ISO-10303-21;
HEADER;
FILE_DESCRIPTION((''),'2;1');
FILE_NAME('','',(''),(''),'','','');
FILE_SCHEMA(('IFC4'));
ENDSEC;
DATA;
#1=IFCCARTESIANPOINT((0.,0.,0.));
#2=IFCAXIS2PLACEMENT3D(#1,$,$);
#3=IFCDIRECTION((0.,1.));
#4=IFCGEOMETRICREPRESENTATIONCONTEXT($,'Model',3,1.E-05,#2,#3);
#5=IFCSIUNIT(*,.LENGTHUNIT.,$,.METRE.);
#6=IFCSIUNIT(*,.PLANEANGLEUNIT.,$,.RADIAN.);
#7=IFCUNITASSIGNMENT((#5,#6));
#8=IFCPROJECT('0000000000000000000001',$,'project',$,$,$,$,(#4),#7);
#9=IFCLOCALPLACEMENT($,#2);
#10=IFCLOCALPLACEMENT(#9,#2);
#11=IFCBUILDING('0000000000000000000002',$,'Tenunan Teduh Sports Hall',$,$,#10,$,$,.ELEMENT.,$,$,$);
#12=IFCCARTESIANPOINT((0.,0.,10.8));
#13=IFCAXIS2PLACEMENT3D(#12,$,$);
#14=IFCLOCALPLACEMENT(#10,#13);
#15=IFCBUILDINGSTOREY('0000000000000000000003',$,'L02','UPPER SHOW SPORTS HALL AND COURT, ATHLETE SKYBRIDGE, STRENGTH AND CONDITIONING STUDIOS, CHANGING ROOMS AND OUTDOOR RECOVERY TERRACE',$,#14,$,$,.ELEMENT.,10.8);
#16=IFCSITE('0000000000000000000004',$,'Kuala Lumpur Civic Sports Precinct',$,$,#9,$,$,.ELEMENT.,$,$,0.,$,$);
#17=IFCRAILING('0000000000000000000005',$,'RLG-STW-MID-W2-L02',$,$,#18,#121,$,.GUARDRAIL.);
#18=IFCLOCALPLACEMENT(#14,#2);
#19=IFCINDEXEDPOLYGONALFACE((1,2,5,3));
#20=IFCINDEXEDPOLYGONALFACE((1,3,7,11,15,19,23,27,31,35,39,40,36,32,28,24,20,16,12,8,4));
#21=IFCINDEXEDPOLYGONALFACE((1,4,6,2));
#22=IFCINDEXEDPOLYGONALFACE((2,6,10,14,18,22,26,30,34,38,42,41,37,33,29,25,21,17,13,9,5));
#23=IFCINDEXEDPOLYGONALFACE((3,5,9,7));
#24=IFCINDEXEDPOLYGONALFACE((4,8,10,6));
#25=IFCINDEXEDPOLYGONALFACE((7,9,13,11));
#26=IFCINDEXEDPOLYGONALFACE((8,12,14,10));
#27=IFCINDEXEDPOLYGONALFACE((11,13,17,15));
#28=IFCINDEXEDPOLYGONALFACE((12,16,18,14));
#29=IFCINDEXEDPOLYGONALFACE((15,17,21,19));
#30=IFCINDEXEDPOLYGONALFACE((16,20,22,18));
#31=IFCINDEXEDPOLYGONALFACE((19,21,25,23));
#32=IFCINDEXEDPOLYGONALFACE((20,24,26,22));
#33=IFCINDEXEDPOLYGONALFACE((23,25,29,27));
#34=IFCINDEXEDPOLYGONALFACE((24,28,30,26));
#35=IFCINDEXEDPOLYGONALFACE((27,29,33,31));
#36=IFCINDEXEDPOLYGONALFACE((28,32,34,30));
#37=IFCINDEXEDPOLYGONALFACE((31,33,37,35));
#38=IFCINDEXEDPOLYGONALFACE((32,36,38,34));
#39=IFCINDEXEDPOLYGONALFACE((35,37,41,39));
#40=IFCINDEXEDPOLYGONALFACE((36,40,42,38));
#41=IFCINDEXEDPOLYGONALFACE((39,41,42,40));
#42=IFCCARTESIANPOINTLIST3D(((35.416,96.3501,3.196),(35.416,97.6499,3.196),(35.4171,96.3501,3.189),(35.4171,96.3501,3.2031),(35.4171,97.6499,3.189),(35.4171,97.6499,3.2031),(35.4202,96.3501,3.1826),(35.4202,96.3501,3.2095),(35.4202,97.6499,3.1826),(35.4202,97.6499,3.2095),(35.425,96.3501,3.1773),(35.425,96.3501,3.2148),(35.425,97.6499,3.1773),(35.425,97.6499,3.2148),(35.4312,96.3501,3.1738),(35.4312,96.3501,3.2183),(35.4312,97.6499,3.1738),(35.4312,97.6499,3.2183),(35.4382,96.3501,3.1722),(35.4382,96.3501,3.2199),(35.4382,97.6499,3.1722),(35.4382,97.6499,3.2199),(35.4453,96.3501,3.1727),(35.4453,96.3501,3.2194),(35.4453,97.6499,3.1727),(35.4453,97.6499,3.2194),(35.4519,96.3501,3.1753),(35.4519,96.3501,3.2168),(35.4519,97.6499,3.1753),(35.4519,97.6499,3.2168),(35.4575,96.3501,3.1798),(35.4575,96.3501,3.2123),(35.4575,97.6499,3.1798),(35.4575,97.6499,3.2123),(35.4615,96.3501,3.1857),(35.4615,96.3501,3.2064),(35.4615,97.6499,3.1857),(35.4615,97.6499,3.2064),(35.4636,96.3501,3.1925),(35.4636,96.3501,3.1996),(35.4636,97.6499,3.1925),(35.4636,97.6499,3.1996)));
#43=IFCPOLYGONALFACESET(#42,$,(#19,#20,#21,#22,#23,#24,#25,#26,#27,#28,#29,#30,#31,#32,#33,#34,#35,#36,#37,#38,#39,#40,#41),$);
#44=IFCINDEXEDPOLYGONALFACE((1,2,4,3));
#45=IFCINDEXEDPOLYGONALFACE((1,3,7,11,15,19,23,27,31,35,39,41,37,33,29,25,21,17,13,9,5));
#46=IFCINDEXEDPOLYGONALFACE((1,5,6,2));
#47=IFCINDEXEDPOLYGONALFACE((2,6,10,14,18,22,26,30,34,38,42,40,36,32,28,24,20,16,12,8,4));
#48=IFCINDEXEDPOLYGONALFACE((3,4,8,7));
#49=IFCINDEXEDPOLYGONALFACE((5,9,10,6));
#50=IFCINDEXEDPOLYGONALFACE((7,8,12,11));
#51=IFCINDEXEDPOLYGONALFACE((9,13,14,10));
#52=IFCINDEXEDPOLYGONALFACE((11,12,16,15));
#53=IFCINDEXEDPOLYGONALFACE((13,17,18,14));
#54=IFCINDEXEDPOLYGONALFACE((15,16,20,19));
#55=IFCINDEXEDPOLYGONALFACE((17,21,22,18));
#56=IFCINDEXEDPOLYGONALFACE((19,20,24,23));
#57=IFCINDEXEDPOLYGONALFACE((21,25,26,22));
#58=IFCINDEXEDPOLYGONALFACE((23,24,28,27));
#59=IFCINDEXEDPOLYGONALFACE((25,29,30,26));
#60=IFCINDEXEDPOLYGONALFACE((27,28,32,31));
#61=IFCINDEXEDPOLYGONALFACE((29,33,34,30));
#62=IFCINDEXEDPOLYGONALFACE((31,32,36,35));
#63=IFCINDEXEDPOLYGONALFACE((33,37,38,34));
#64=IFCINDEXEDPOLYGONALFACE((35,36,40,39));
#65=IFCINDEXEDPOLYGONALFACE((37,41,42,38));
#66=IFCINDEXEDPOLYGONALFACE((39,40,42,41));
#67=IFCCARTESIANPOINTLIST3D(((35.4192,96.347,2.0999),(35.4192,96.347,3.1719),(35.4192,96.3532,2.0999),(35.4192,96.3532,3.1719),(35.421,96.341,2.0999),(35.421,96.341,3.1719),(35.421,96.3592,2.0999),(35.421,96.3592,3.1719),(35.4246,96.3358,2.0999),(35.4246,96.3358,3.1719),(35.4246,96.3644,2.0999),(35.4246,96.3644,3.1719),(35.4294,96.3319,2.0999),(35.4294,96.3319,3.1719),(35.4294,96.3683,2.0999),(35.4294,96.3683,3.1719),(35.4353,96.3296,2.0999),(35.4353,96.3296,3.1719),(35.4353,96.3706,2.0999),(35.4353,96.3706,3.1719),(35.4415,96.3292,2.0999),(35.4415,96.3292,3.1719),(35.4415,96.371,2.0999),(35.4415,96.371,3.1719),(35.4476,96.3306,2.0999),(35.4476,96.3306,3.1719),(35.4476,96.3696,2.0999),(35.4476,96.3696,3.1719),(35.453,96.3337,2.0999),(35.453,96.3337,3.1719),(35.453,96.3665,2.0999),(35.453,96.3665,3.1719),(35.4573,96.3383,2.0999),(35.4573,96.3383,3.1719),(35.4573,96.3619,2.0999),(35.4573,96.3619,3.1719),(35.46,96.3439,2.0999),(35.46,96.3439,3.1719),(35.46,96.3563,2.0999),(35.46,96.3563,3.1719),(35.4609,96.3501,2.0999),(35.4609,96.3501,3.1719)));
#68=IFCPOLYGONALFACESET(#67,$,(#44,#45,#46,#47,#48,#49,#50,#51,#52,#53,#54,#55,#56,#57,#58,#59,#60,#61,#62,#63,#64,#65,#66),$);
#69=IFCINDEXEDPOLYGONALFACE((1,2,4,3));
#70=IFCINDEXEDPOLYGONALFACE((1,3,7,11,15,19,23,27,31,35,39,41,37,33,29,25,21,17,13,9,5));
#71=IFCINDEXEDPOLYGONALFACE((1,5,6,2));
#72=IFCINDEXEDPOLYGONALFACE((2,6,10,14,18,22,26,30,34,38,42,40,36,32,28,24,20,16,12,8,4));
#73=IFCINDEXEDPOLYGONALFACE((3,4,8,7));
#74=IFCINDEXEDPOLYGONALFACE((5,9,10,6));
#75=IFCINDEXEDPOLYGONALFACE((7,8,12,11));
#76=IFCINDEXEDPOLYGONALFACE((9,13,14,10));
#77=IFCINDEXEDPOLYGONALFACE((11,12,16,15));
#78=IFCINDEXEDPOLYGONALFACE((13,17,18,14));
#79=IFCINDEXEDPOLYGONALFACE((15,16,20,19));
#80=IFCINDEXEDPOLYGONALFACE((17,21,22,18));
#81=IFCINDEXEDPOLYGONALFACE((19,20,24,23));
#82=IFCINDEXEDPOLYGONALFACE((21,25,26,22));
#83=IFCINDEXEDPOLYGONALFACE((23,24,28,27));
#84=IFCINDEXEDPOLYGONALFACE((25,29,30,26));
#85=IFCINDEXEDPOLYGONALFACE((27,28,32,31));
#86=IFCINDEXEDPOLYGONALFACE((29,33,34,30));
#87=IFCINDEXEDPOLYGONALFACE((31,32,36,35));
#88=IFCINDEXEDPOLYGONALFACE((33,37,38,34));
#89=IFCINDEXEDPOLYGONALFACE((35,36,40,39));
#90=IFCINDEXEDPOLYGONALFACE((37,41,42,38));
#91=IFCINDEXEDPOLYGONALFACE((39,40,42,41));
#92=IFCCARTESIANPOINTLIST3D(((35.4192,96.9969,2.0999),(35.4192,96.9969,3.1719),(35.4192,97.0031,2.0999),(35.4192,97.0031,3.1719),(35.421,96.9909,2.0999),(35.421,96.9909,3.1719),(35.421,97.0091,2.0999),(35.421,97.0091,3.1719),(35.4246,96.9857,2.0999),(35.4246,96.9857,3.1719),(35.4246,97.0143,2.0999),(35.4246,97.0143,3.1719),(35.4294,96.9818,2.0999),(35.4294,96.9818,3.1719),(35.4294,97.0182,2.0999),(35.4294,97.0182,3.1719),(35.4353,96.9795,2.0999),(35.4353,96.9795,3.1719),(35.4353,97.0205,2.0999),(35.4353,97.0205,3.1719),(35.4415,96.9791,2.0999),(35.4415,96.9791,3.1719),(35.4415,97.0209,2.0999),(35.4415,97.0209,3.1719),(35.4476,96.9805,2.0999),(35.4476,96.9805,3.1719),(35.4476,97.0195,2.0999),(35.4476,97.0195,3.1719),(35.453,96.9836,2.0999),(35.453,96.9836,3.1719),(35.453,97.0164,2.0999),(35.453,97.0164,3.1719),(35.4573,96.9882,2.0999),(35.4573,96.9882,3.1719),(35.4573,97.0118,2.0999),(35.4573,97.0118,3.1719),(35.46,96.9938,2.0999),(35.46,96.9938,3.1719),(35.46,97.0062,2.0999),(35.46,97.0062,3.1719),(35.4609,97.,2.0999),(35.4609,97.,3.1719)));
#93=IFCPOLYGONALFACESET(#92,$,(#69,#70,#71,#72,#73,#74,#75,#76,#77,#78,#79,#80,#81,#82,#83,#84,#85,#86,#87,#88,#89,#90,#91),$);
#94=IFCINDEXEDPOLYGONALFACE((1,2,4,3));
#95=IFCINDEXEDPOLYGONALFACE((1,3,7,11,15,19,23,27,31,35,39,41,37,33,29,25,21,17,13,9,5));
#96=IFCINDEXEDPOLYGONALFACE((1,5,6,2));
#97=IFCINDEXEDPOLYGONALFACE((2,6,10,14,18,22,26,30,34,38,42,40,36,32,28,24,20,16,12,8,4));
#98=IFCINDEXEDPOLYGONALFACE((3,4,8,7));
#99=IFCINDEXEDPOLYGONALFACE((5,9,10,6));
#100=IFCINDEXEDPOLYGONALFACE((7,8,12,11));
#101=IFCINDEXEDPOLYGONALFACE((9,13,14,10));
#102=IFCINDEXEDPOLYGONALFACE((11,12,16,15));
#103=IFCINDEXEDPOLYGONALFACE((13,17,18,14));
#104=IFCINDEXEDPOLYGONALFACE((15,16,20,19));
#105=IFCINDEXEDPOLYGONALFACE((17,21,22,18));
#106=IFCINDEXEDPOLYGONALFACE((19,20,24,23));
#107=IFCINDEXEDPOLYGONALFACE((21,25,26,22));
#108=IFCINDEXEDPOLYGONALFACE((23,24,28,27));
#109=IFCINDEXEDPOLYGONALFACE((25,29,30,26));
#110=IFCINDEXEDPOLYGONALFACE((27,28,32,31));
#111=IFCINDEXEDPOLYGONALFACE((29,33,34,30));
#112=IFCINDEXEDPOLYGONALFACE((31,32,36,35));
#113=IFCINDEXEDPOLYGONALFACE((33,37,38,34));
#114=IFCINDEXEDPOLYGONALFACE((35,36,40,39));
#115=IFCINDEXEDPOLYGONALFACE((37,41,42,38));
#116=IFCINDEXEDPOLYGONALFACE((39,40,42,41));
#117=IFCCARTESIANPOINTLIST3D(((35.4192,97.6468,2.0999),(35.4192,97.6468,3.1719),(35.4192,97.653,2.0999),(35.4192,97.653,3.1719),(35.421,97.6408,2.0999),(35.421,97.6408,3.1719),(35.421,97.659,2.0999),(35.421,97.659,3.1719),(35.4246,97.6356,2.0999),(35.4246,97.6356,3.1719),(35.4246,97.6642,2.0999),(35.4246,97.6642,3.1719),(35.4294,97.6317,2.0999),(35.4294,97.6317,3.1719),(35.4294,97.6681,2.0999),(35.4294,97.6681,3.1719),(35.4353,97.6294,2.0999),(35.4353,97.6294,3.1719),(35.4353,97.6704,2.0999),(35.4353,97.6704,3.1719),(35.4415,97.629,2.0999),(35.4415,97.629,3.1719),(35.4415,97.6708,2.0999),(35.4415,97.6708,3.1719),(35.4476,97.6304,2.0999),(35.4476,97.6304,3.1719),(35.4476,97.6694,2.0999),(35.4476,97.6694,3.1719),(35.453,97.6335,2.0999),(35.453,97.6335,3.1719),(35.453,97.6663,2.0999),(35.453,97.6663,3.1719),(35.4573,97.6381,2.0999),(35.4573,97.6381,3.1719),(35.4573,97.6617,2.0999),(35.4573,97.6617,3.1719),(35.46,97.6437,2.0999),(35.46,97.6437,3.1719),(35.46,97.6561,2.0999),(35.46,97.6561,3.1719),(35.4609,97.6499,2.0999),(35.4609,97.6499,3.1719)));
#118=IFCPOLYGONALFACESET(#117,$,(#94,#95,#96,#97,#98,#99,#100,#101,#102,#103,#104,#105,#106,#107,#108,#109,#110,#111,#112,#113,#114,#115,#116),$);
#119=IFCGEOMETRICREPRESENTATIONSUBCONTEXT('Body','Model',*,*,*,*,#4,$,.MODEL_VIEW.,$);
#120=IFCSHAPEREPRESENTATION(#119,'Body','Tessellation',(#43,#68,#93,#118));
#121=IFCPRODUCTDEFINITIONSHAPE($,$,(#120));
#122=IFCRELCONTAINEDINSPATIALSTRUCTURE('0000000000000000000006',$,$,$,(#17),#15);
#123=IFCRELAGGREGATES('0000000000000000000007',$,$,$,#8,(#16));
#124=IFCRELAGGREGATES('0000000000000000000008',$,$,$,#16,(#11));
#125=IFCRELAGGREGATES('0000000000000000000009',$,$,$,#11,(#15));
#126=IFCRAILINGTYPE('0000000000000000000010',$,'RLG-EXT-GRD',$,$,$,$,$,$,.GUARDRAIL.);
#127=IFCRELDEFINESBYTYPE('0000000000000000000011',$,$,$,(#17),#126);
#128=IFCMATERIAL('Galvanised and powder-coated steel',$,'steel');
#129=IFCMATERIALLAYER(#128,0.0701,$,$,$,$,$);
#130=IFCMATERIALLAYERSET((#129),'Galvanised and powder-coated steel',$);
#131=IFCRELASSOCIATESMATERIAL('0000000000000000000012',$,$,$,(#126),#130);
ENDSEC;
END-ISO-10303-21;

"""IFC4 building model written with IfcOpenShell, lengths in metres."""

from ifc_helpers import new_model, si_unit, direction, frame, origin, origin_2d, place, context, subcontext, project, spatial, circle, extrude, material, layer, layer_set, type_object, element, save


model = new_model("IFC4")

# Units and contexts
model_context = context("Model", 3, precision=1e-05, world=origin(), true_north=direction((0.0, 1.0)))
body_context = subcontext(model_context, "Body", "Model", "MODEL_VIEW")
ifc_project = project(units=[si_unit("LENGTHUNIT", "METRE"), si_unit("PLANEANGLEUNIT", "RADIAN")], contexts=[model_context])

# Site, building, storey
site_placement = place(None, origin())
site = spatial("IfcSite", under=ifc_project, at=site_placement, Name="Kuala Lumpur Civic Sports Precinct", CompositionType="ELEMENT", RefElevation=0.0)
building_placement = place(site_placement, origin())
building = spatial("IfcBuilding", under=site, at=building_placement, Name="Tenunan Teduh Sports Hall", CompositionType="ELEMENT")
storey_placement = place(building_placement, frame((0.0, 0.0, 10.8)))
storey = spatial("IfcBuildingStorey", under=building, at=storey_placement, Name="L02", Description="UPPER SHOW SPORTS HALL AND COURT, ATHLETE SKYBRIDGE, STRENGTH AND CONDITIONING STUDIOS, CHANGING ROOMS AND OUTDOOR RECOVERY TERRACE", CompositionType="ELEMENT", Elevation=10.8)

# Railing
ifc_material_1 = material(Name="Galvanised and powder-coated steel", Category="steel")
ifc_layer_1 = layer(ifc_material_1, 0.0701)
ifc_layer_set_1 = layer_set([ifc_layer_1], Name="Galvanised and powder-coated steel")
railing_type = type_object("IfcRailingType", Name="RLG-EXT-GRD", PredefinedType="GUARDRAIL", material=ifc_layer_set_1)
railing_placement = place(storey_placement, frame((35.4399, 96.3501, 2.0999)))
element("IfcRailing", 1, at=railing_placement, inside=storey, type_object=railing_type, Name="RLG-STW-MID-W2-L02", PredefinedType="GUARDRAIL", context=body_context, shape_type="SweptSolid", body=[
    extrude(circle(Radius=0.0239, at=origin_2d()), frame((0.0, 0.0, 1.0962), z_axis=(0.0, 1.0, 0.0), x_axis=(-1.0, 0.0, 0.0)), (0.0, 0.0, 1.0), 1.2998),
    extrude(circle(Radius=0.021, at=origin_2d()), origin(), (0.0, 0.0, 1.0), 1.072),
    extrude(circle(Radius=0.021, at=origin_2d()), frame((0.0, 0.6499, 0.0)), (0.0, 0.0, 1.0), 1.072),
    extrude(circle(Radius=0.021, at=origin_2d()), frame((0.0, 1.2998, 0.0)), (0.0, 0.0, 1.0), 1.072),
])

save(model, "model.ifc")
